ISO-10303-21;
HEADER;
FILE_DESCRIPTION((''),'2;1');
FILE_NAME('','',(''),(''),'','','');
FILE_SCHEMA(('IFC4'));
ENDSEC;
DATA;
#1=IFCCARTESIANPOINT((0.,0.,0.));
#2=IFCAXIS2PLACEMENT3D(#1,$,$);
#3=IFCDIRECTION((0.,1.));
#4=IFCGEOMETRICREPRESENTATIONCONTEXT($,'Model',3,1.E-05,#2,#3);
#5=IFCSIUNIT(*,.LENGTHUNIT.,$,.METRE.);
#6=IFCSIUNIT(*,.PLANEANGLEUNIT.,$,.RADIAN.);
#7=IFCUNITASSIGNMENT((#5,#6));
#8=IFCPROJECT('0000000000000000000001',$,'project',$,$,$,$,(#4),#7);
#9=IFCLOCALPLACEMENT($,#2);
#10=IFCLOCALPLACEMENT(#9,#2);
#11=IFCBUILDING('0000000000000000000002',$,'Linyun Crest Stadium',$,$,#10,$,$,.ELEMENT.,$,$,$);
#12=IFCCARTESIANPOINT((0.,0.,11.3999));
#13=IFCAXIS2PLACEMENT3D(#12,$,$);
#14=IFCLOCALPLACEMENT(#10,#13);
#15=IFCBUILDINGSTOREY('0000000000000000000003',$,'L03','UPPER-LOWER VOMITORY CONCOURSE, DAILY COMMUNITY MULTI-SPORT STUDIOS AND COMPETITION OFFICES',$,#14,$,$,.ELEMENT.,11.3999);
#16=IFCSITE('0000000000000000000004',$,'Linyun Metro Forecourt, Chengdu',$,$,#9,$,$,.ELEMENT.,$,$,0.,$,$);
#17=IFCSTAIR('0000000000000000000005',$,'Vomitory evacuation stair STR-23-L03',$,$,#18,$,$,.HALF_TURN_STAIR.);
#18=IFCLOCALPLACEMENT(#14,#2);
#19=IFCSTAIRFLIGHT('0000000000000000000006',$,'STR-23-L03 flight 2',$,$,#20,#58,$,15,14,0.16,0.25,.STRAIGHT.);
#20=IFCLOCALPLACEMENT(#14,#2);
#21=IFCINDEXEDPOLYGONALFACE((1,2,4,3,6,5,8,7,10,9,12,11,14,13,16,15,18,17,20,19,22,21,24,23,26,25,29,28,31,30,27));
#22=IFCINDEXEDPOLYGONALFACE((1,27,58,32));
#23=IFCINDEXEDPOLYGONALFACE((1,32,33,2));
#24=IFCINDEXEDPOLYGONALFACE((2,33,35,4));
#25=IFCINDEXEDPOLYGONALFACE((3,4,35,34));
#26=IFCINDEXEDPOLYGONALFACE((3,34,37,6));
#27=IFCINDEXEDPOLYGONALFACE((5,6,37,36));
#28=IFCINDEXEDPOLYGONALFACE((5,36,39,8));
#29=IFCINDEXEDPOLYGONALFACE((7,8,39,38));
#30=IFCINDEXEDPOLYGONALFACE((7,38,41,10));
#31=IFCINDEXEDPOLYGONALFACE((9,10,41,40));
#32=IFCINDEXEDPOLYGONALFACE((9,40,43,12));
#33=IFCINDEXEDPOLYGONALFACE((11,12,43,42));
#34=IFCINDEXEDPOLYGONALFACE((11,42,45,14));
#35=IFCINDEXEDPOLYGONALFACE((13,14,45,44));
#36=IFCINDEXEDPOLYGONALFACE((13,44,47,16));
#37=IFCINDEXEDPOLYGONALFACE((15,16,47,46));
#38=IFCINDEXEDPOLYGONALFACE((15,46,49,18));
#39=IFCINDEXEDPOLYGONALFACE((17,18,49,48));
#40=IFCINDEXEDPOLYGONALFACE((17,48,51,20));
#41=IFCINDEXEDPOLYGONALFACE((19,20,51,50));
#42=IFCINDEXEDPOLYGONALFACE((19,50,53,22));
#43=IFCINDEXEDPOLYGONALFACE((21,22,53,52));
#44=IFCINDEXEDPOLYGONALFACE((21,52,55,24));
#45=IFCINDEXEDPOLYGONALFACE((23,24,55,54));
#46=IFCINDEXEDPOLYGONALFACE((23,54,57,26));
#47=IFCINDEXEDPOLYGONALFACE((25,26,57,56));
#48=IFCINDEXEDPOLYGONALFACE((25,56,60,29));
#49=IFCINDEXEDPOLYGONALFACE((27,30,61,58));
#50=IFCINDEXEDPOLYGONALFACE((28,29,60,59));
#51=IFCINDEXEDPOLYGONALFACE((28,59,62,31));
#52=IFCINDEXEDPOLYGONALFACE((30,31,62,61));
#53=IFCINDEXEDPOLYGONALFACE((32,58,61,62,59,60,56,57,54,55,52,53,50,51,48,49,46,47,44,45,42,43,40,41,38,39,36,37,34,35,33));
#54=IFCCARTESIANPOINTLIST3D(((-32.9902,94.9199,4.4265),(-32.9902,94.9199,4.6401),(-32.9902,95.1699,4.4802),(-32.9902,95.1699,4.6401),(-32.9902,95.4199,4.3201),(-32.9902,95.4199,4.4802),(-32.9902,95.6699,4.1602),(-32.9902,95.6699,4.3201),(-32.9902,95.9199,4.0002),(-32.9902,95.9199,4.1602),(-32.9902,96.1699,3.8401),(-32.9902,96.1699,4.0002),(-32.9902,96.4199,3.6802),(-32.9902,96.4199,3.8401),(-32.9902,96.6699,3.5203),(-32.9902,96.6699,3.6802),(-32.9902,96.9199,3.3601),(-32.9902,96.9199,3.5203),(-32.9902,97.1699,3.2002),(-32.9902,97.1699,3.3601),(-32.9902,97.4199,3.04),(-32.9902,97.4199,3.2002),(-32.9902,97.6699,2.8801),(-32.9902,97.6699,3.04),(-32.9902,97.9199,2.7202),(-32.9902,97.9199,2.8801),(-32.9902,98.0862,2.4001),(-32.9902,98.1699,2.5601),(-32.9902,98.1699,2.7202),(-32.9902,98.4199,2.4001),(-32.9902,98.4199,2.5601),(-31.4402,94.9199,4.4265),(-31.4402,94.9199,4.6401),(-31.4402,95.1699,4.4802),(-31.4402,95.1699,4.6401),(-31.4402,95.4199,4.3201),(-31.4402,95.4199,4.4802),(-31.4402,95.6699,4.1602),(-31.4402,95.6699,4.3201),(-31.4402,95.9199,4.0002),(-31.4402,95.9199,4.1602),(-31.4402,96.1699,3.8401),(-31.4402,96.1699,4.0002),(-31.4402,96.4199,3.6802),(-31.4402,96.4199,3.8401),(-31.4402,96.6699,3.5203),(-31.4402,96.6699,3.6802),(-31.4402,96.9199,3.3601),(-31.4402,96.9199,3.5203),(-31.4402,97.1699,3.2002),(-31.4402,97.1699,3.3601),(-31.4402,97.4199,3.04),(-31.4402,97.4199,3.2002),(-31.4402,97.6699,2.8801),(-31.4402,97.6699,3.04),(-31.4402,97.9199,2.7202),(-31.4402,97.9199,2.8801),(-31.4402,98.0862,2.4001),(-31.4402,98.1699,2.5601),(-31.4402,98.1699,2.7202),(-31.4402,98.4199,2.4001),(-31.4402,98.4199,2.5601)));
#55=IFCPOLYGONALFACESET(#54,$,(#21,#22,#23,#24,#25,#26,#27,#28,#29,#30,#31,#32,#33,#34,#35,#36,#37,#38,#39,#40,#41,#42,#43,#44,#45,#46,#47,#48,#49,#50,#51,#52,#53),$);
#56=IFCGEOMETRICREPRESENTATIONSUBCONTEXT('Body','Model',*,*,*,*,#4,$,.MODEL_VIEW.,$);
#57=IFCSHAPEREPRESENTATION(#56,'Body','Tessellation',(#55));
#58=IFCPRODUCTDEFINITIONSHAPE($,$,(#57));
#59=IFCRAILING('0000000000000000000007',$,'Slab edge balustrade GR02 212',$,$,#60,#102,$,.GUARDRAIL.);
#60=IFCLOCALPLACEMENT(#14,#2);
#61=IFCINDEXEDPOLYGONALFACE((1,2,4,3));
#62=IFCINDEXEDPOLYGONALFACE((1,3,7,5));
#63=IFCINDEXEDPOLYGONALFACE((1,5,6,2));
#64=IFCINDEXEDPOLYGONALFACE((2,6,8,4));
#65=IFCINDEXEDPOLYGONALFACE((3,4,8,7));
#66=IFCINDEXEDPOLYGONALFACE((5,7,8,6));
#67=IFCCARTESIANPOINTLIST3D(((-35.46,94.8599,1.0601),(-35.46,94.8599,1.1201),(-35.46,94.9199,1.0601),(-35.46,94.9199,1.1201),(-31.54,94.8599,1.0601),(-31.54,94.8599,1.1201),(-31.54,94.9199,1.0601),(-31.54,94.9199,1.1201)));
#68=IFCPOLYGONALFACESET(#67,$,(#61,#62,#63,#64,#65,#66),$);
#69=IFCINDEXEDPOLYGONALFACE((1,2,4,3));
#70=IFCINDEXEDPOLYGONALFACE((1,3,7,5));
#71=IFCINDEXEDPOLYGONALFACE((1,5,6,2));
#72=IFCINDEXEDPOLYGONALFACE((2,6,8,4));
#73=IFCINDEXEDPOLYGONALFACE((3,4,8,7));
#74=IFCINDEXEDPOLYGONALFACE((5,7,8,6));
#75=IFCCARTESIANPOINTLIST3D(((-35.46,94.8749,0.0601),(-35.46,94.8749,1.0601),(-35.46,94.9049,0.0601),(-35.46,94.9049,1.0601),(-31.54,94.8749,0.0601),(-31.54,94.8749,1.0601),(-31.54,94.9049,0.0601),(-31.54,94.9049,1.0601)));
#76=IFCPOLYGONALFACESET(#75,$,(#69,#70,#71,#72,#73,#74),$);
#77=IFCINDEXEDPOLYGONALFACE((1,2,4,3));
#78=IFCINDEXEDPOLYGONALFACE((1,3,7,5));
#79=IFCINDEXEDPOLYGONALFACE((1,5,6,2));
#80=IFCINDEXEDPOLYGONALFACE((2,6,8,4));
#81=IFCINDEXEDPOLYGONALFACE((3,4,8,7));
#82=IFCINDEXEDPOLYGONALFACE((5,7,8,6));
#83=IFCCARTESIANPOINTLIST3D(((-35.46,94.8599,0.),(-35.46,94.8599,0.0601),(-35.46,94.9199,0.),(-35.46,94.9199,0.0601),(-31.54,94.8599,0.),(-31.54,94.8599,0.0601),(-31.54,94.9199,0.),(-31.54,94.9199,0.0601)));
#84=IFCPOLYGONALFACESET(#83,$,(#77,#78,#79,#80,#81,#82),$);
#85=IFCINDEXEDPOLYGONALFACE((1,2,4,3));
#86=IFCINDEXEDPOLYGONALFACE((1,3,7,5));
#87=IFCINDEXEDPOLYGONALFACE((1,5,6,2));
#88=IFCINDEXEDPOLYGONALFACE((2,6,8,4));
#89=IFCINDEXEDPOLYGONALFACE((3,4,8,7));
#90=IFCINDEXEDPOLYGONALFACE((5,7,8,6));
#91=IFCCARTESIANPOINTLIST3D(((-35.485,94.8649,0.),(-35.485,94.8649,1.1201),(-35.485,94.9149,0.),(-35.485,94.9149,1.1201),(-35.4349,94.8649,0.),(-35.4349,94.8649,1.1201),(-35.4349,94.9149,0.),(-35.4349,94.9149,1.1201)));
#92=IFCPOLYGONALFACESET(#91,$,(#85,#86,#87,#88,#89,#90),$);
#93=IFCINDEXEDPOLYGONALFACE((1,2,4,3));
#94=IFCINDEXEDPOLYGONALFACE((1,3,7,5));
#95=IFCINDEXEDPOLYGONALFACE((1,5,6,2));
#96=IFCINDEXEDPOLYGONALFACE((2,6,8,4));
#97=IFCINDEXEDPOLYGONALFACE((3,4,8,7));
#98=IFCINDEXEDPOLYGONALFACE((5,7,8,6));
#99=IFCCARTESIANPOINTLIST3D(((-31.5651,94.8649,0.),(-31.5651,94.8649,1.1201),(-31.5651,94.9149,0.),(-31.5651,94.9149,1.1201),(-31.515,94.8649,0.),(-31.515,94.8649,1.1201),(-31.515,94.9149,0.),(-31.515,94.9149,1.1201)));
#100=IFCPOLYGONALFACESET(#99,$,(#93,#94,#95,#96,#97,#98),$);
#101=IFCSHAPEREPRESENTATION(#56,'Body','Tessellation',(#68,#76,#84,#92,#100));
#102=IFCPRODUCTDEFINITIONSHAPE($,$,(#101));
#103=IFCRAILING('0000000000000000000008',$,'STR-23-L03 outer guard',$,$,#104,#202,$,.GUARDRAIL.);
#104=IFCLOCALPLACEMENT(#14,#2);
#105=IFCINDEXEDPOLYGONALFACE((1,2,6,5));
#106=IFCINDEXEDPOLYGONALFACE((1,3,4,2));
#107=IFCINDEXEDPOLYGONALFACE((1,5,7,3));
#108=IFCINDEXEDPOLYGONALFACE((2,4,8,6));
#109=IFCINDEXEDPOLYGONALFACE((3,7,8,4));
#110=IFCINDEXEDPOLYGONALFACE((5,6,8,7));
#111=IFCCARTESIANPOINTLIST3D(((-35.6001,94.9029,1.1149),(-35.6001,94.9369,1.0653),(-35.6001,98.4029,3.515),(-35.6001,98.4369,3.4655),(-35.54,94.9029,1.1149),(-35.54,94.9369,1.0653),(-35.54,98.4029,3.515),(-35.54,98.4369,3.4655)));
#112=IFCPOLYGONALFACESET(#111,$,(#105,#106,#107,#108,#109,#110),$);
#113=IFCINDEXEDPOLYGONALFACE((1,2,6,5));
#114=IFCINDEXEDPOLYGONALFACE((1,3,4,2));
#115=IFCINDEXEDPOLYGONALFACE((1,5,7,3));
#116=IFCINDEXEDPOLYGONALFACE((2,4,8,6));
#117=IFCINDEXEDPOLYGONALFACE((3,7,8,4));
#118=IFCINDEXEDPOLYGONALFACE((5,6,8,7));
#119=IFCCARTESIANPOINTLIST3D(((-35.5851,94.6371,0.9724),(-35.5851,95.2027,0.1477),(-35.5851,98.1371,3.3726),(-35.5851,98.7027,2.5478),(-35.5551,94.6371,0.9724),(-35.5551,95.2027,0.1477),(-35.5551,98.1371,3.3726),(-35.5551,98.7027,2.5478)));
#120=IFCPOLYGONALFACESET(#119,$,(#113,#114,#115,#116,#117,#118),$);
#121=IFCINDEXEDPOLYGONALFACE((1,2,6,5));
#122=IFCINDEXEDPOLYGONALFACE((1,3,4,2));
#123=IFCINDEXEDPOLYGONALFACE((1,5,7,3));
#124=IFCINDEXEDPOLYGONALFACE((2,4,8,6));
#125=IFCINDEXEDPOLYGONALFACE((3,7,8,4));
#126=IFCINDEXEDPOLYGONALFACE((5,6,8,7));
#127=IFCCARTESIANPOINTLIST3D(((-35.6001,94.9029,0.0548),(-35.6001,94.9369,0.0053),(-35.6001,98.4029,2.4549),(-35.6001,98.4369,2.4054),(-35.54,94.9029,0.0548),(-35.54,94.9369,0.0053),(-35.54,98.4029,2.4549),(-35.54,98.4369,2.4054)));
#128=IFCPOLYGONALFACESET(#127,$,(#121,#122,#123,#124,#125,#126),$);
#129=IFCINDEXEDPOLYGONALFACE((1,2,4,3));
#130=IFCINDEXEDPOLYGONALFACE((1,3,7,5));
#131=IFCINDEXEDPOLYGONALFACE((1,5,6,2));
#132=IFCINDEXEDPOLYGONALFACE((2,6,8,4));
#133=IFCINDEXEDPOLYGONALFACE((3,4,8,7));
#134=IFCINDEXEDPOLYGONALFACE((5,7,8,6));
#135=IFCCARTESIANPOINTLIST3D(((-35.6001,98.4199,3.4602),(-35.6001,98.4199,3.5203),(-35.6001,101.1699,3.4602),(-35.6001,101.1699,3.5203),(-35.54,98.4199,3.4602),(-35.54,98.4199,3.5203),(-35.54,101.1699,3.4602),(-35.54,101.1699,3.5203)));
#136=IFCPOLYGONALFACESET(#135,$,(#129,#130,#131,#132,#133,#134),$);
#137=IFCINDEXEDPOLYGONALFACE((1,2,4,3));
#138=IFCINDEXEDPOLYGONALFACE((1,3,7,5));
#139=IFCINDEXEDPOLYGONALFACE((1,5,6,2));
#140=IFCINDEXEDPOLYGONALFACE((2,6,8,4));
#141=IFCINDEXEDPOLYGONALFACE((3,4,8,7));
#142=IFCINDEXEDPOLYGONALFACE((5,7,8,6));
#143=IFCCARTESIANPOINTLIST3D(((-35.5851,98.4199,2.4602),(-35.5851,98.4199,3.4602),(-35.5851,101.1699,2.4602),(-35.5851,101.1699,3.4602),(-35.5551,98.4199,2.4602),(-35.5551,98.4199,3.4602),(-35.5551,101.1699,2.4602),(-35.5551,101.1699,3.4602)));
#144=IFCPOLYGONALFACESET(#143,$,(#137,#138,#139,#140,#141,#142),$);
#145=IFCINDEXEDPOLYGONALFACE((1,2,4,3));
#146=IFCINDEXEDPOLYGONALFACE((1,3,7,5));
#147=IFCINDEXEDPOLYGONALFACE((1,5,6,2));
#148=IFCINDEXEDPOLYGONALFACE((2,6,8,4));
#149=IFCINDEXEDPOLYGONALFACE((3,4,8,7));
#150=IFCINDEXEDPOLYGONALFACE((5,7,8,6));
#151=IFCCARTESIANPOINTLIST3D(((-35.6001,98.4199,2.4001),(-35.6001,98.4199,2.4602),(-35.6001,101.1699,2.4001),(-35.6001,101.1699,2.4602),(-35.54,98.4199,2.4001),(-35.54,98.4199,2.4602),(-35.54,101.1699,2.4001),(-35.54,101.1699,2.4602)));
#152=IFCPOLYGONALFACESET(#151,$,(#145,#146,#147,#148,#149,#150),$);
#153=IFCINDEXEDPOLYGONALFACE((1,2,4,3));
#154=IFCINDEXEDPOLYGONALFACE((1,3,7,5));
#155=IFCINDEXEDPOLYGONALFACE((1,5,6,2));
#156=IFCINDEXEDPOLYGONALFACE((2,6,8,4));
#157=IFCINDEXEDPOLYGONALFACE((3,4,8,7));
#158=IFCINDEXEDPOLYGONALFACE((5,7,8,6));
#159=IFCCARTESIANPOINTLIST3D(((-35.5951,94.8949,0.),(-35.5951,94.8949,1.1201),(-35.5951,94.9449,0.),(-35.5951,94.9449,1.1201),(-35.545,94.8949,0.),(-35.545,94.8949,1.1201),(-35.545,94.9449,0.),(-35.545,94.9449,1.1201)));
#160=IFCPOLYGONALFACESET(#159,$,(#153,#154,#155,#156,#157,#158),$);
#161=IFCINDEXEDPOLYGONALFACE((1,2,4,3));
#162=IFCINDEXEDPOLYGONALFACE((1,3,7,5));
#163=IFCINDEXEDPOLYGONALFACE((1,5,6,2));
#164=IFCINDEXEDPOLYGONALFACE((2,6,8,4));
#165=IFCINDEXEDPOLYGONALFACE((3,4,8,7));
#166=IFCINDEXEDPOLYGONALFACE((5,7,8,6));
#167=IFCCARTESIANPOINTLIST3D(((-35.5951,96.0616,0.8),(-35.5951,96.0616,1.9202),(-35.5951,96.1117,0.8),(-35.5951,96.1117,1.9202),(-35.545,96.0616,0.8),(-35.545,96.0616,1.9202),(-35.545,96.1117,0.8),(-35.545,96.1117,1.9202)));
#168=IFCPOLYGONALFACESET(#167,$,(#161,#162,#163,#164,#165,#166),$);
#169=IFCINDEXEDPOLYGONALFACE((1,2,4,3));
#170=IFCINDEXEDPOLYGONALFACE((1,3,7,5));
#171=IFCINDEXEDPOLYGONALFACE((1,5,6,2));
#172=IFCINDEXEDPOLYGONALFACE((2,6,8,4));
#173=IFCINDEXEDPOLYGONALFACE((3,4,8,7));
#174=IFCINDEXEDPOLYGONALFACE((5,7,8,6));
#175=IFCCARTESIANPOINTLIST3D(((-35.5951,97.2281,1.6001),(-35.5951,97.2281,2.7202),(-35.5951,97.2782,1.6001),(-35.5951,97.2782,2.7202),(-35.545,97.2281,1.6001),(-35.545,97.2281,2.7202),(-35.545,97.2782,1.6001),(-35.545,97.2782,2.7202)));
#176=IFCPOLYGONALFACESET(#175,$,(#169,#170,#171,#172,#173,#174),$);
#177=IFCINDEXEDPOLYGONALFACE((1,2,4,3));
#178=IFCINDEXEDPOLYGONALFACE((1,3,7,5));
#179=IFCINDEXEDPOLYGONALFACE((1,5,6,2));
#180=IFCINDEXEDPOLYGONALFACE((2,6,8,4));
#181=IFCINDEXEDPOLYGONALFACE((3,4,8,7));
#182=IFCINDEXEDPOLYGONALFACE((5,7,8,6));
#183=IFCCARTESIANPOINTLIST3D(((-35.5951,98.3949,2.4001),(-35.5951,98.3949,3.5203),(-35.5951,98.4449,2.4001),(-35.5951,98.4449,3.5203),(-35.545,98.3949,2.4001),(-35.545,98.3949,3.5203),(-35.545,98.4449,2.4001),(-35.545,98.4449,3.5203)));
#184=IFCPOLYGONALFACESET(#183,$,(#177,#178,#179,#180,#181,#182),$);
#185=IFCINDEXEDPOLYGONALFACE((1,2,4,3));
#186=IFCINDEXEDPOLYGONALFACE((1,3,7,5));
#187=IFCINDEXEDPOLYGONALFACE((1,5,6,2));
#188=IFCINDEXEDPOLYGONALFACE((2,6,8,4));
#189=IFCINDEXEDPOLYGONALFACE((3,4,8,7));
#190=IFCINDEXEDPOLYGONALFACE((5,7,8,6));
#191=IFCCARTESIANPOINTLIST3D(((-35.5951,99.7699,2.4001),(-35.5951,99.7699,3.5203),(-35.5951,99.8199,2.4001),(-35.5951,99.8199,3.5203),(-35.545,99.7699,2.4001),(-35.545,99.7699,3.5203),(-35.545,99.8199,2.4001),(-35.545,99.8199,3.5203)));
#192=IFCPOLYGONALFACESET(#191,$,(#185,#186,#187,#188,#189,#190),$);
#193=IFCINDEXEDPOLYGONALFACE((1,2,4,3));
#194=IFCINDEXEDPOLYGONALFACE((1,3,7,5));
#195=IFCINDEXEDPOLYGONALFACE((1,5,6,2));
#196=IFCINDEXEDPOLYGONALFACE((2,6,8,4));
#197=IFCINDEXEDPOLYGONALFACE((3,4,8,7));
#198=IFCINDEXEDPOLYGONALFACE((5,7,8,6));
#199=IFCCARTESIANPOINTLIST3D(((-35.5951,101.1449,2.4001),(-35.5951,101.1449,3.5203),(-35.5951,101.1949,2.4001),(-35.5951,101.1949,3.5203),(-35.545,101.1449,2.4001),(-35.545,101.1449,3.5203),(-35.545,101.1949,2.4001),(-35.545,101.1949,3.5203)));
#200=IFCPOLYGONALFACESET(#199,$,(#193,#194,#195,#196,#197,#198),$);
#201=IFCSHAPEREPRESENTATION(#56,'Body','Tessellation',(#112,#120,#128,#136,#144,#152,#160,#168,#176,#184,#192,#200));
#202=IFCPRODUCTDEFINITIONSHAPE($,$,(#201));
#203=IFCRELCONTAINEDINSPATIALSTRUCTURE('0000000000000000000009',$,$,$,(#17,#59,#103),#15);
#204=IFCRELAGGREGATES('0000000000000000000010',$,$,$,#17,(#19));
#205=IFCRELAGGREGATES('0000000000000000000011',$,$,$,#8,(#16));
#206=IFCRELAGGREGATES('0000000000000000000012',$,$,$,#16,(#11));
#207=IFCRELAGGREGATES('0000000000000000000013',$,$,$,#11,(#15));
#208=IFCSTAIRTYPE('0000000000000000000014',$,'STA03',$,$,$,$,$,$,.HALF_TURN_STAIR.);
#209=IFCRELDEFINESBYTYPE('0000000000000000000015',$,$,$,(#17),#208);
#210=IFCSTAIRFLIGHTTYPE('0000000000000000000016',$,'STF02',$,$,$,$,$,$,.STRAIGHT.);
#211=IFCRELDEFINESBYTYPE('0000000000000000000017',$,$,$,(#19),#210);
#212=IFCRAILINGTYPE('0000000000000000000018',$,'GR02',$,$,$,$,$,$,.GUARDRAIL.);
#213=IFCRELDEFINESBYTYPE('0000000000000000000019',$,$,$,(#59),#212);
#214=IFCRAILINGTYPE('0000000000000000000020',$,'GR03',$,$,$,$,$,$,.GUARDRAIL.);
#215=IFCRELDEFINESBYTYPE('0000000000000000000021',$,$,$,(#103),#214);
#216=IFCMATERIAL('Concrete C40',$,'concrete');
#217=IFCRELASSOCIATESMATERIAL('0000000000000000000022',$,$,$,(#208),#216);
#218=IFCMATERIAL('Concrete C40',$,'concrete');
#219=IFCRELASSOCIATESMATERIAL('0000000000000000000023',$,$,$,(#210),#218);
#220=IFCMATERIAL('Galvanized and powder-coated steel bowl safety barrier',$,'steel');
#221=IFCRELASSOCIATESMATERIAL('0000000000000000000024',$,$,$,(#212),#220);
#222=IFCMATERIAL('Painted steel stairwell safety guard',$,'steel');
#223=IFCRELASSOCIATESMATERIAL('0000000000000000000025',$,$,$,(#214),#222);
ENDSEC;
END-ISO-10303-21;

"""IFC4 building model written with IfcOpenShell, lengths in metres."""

from ifc_helpers import new_model, si_unit, direction, frame, origin, origin_2d, place, context, subcontext, project, spatial, polyline, rectangle, outline, extrude, material, type_object, element, aggregate, save


model = new_model("IFC4")

# Units and contexts
model_context = context("Model", 3, precision=1e-05, world=origin(), true_north=direction((0.0, 1.0)))
body_context = subcontext(model_context, "Body", "Model", "MODEL_VIEW")
ifc_project = project(units=[si_unit("LENGTHUNIT", "METRE"), si_unit("PLANEANGLEUNIT", "RADIAN")], contexts=[model_context])

# Site, building, storey
site_placement = place(None, origin())
site = spatial("IfcSite", under=ifc_project, at=site_placement, Name="Linyun Metro Forecourt, Chengdu", CompositionType="ELEMENT", RefElevation=0.0)
building_placement = place(site_placement, origin())
building = spatial("IfcBuilding", under=site, at=building_placement, Name="Linyun Crest Stadium", CompositionType="ELEMENT")
storey_placement = place(building_placement, frame((0.0, 0.0, 11.3999)))
storey = spatial("IfcBuildingStorey", under=building, at=storey_placement, Name="L03", Description="UPPER-LOWER VOMITORY CONCOURSE, DAILY COMMUNITY MULTI-SPORT STUDIOS AND COMPETITION OFFICES", CompositionType="ELEMENT", Elevation=11.3999)

# Stair, stair flight
ifc_material_1 = material(Name="Concrete C40", Category="concrete")
stair_type = type_object("IfcStairType", Name="STA03", PredefinedType="HALF_TURN_STAIR", material=ifc_material_1)
stair_placement = place(storey_placement, origin())
stair = element("IfcStair", 1, at=stair_placement, inside=storey, type_object=stair_type, Name="Vomitory evacuation stair STR-23-L03", PredefinedType="HALF_TURN_STAIR")
ifc_material_2 = material(Name="Concrete C40", Category="concrete")
stair_flight_type = type_object("IfcStairFlightType", Name="STF02", PredefinedType="STRAIGHT", material=ifc_material_2)
stair_flight_1_placement = place(storey_placement, frame((-32.2151, 98.4199, 2.4001), z_axis=(0.0, 0.0, 1.0), x_axis=(0.0, -1.0, 0.0)))
stair_flight_1 = element("IfcStairFlight", 2, at=stair_flight_1_placement, type_object=stair_flight_type, Name="STR-23-L03 flight 2", NumberOfRisers=15, NumberOfTreads=14, PredefinedType="STRAIGHT", RiserHeight=0.16, TreadLength=0.25, context=body_context, shape_type="SweptSolid", body=[
    extrude(outline(polyline([(0.0, 0.0), (0.0, 0.1599), (0.25, 0.1599), (0.25, 0.3201), (0.5, 0.3201), (0.5, 0.48), (0.75, 0.48), (0.75, 0.6399), (1.0, 0.6399), (1.0, 0.8), (1.25, 0.8), (1.25, 0.96), (1.5, 0.96), (1.5, 1.1201), (1.75, 1.1201), (1.75, 1.28), (2.0, 1.28), (2.0, 1.4399), (2.25, 1.4399), (2.25, 1.6001), (2.5, 1.6001), (2.5, 1.76), (2.75, 1.76), (2.75, 1.9199), (3.0, 1.9199), (3.0, 2.0801), (3.25, 2.0801), (3.25, 2.24), (3.5, 2.24), (3.5, 2.3999), (3.5, 2.0264), (0.3337, 0.0), (0.0, 0.0)])), frame((0.0, 0.7749, 0.0), z_axis=(0.0, -1.0, 0.0), x_axis=(1.0, 0.0, 0.0)), (0.0, 0.0, 1.0), 1.55),
])
aggregate(stair, [stair_flight_1])

# Railings
ifc_material_3 = material(Name="Galvanized and powder-coated steel bowl safety barrier", Category="steel")
railing_type_1 = type_object("IfcRailingType", Name="GR02", PredefinedType="GUARDRAIL", material=ifc_material_3)
railing_1_placement = place(storey_placement, frame((-35.46, 94.8899, 0.0)))
element("IfcRailing", 3, at=railing_1_placement, inside=storey, type_object=railing_type_1, Name="Slab edge balustrade GR02 212", PredefinedType="GUARDRAIL", context=body_context, shape_type="SweptSolid", body=[
    extrude(rectangle(XDim=0.0601, YDim=0.0601, at=origin_2d()), frame((0.0, 0.0, 1.0901), z_axis=(1.0, 0.0, 0.0), x_axis=(0.0, 1.0, 0.0)), (0.0, 0.0, 1.0), 3.9199),
    extrude(rectangle(XDim=0.03, YDim=1.0, at=origin_2d()), frame((0.0, 0.0, 0.5601), z_axis=(1.0, 0.0, 0.0), x_axis=(0.0, 1.0, 0.0)), (0.0, 0.0, 1.0), 3.9199),
    extrude(rectangle(XDim=0.0601, YDim=0.0601, at=origin_2d()), frame((0.0, 0.0, 0.03), z_axis=(1.0, 0.0, 0.0), x_axis=(0.0, 1.0, 0.0)), (0.0, 0.0, 1.0), 3.9199),
    extrude(rectangle(XDim=0.05, YDim=0.05, at=origin_2d()), origin(), (0.0, 0.0, 1.0), 1.1201),
    extrude(rectangle(XDim=0.05, YDim=0.05, at=origin_2d()), frame((3.9199, 0.0, 0.0)), (0.0, 0.0, 1.0), 1.1201),
])
ifc_material_4 = material(Name="Painted steel stairwell safety guard", Category="steel")
railing_type_2 = type_object("IfcRailingType", Name="GR03", PredefinedType="GUARDRAIL", material=ifc_material_4)
railing_2_placement = place(storey_placement, frame((-35.5701, 94.9199, 0.0)))
element("IfcRailing", 4, at=railing_2_placement, inside=storey, type_object=railing_type_2, Name="STR-23-L03 outer guard", PredefinedType="GUARDRAIL", context=body_context, shape_type="SweptSolid", body=[
    extrude(rectangle(XDim=0.0601, YDim=0.0601, at=origin_2d()), frame((0.0, 0.0, 1.0901), z_axis=(0.0, 0.824713, 0.565552), x_axis=(-1.0, 0.0, 0.0)), (0.0, 0.0, 1.0), 4.2439),
    extrude(rectangle(XDim=0.03, YDim=1.0, at=origin_2d()), frame((0.0, 0.0, 0.5601), z_axis=(0.0, 0.824713, 0.565552), x_axis=(-1.0, 0.0, 0.0)), (0.0, 0.0, 1.0), 4.2439),
    extrude(rectangle(XDim=0.0601, YDim=0.0601, at=origin_2d()), frame((0.0, 0.0, 0.03), z_axis=(0.0, 0.824713, 0.565552), x_axis=(-1.0, 0.0, 0.0)), (0.0, 0.0, 1.0), 4.2439),
    extrude(rectangle(XDim=0.0601, YDim=0.0601, at=origin_2d()), frame((0.0, 3.5, 3.4902), z_axis=(0.0, 1.0, 0.0), x_axis=(-1.0, 0.0, 0.0)), (0.0, 0.0, 1.0), 2.75),
    extrude(rectangle(XDim=0.03, YDim=1.0, at=origin_2d()), frame((0.0, 3.5, 2.9602), z_axis=(0.0, 1.0, 0.0), x_axis=(-1.0, 0.0, 0.0)), (0.0, 0.0, 1.0), 2.75),
    extrude(rectangle(XDim=0.0601, YDim=0.0601, at=origin_2d()), frame((0.0, 3.5, 2.4302), z_axis=(0.0, 1.0, 0.0), x_axis=(-1.0, 0.0, 0.0)), (0.0, 0.0, 1.0), 2.75),
    extrude(rectangle(XDim=0.05, YDim=0.05, at=origin_2d()), origin(), (0.0, 0.0, 1.0), 1.1201),
    extrude(rectangle(XDim=0.05, YDim=0.05, at=origin_2d()), frame((0.0, 1.1667, 0.8)), (0.0, 0.0, 1.0), 1.1201),
    extrude(rectangle(XDim=0.05, YDim=0.05, at=origin_2d()), frame((0.0, 2.3333, 1.6001)), (0.0, 0.0, 1.0), 1.1201),
    extrude(rectangle(XDim=0.05, YDim=0.05, at=origin_2d()), frame((0.0, 3.5, 2.4001)), (0.0, 0.0, 1.0), 1.1201),
    extrude(rectangle(XDim=0.05, YDim=0.05, at=origin_2d()), frame((0.0, 4.875, 2.4001)), (0.0, 0.0, 1.0), 1.1201),
    extrude(rectangle(XDim=0.05, YDim=0.05, at=origin_2d()), frame((0.0, 6.25, 2.4001)), (0.0, 0.0, 1.0), 1.1201),
])

save(model, "model.ifc")
